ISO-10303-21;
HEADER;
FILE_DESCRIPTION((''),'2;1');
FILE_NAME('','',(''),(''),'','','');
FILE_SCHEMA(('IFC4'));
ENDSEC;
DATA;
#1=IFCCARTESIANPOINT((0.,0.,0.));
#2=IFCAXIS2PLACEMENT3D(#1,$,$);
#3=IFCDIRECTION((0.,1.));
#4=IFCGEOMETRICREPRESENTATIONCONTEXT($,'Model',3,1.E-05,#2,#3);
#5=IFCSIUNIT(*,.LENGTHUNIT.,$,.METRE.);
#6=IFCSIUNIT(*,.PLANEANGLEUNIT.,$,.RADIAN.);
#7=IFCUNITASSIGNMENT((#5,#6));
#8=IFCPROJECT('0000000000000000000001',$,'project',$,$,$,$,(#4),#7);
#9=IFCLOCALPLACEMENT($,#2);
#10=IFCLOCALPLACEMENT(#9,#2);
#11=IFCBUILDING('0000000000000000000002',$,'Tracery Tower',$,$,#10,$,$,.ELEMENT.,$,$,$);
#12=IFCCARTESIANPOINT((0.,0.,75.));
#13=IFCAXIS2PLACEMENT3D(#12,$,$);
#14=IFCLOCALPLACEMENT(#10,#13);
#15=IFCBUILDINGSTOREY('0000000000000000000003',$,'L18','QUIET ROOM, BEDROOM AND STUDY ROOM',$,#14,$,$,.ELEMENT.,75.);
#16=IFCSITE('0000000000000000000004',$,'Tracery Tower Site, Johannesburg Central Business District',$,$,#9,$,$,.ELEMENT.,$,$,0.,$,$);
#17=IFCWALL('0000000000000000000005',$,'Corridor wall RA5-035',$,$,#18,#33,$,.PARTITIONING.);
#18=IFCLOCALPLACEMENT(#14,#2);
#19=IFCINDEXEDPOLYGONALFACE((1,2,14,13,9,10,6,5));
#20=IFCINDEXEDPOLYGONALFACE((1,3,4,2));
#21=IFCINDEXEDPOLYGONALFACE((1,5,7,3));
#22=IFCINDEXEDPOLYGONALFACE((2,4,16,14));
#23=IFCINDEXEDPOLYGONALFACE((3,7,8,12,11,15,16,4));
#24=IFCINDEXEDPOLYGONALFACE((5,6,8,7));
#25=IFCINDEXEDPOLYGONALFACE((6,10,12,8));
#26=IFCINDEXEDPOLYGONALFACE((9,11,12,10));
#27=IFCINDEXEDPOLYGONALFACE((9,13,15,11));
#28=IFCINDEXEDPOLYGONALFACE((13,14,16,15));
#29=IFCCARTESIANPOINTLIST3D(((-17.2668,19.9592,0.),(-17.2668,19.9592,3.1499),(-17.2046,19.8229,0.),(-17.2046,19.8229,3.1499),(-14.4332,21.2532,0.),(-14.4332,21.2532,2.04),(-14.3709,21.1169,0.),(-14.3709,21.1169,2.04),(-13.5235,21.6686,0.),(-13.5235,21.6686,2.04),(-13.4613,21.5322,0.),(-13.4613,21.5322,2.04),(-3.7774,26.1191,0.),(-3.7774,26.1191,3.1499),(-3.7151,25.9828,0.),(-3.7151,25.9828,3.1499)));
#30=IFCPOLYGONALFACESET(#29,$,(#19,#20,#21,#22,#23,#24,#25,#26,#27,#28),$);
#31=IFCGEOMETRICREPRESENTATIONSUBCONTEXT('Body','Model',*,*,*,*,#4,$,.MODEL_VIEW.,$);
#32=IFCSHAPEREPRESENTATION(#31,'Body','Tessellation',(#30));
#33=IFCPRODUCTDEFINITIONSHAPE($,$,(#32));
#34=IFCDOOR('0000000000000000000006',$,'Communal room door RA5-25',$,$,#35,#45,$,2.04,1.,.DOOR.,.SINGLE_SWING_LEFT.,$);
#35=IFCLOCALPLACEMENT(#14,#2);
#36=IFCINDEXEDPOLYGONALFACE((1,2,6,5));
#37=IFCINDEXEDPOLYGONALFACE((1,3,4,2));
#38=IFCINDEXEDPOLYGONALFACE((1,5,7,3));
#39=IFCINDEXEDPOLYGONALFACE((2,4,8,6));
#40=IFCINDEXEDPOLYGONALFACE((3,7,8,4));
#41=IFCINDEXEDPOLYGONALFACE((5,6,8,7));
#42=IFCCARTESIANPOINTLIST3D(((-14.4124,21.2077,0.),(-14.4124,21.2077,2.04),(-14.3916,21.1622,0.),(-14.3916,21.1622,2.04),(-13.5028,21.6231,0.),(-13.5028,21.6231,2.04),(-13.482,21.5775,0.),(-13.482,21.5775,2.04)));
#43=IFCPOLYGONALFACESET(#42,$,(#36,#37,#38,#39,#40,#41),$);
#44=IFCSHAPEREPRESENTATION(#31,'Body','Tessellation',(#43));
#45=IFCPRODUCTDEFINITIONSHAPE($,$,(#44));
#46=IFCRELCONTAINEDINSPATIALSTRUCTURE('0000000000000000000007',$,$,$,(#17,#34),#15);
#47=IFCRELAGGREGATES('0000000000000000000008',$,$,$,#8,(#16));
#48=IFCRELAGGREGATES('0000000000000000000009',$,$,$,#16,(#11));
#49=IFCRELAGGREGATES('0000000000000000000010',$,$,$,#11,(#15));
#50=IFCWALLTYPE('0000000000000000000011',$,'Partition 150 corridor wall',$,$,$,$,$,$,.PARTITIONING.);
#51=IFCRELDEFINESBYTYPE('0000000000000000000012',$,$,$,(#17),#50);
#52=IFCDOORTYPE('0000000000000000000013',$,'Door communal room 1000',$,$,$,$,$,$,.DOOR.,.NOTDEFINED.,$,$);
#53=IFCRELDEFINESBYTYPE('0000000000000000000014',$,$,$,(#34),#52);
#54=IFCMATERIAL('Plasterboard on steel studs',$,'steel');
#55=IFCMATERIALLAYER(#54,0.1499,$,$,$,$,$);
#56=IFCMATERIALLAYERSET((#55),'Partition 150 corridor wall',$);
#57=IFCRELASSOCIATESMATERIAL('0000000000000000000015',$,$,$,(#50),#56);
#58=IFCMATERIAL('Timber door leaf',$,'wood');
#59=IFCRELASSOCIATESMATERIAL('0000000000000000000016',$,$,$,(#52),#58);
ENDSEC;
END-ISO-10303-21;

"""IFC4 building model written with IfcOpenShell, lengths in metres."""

from ifc_helpers import new_model, si_unit, direction, frame, frame_2d, origin, place, context, subcontext, project, spatial, rectangle, extrude, material, layer, layer_set, type_object, element, fill, save


model = new_model("IFC4")

# Units and contexts
model_context = context("Model", 3, precision=1e-05, world=origin(), true_north=direction((0.0, 1.0)))
body_context = subcontext(model_context, "Body", "Model", "MODEL_VIEW")
ifc_project = project(units=[si_unit("LENGTHUNIT", "METRE"), si_unit("PLANEANGLEUNIT", "RADIAN")], contexts=[model_context])

# Site, building, storey
site_placement = place(None, origin())
site = spatial("IfcSite", under=ifc_project, at=site_placement, Name="Tracery Tower Site, Johannesburg Central Business District", CompositionType="ELEMENT", RefElevation=0.0)
building_placement = place(site_placement, origin())
building = spatial("IfcBuilding", under=site, at=building_placement, Name="Tracery Tower", CompositionType="ELEMENT")
storey_placement = place(building_placement, frame((0.0, 0.0, 75.0)))
storey = spatial("IfcBuildingStorey", under=building, at=storey_placement, Name="L18", Description="QUIET ROOM, BEDROOM AND STUDY ROOM", CompositionType="ELEMENT", Elevation=75.0)

# Shared definitions
ifc_material_1 = material(Name="Plasterboard on steel studs", Category="steel")
ifc_layer_1 = layer(ifc_material_1, 0.1499)
ifc_layer_set_1 = layer_set([ifc_layer_1], Name="Partition 150 corridor wall")
wall_type_1 = type_object("IfcWallType", Name="Partition 150 corridor wall", PredefinedType="PARTITIONING", material=ifc_layer_set_1)

# Wall, opening, door
wall_1_placement = place(storey_placement, frame((-17.2356, 19.8911, 0.0), z_axis=(0.0, 0.0, 1.0), x_axis=(0.909646, 0.415385, 0.0)))
wall_1 = element("IfcWall", 1, at=wall_1_placement, inside=storey, type_object=wall_type_1, Name="Corridor wall RA5-035", PredefinedType="PARTITIONING", context=body_context, shape_type="SweptSolid", body=[
    extrude(rectangle(XDim=14.8293, YDim=0.1499, at=frame_2d((7.4146, 0.0))), origin(), (0.0, 0.0, 1.0), 3.1499),
])
opening_1_placement = place(wall_1_placement, frame((3.115, 0.0, 0.0)))
opening_1 = element("IfcOpeningElement", 2, at=opening_1_placement, cuts=wall_1, PredefinedType="OPENING", context=body_context, shape_type="SweptSolid", body=[
    extrude(rectangle(XDim=1.0, YDim=2.04, at=frame_2d((0.5, 1.02))), frame((0.0, 0.075, 0.0), z_axis=(0.0, -1.0, 0.0), x_axis=(1.0, 0.0, 0.0)), (0.0, 0.0, 1.0), 0.1499),
])
ifc_material_2 = material(Name="Timber door leaf", Category="wood")
door_type = type_object("IfcDoorType", Name="Door communal room 1000", OperationType="NOTDEFINED", PredefinedType="DOOR", material=ifc_material_2)
door_placement = place(opening_1_placement, origin())
door = element("IfcDoor", 3, at=door_placement, inside=storey, type_object=door_type, Name="Communal room door RA5-25", OperationType="SINGLE_SWING_LEFT", OverallHeight=2.04, OverallWidth=1.0, PredefinedType="DOOR", context=body_context, shape_type="SweptSolid", body=[
    extrude(rectangle(XDim=1.0, YDim=2.04, at=frame_2d((0.5, 1.02))), frame((0.0, 0.0249, 0.0), z_axis=(0.0, -1.0, 0.0), x_axis=(1.0, 0.0, 0.0)), (0.0, 0.0, 1.0), 0.05),
])
fill(opening_1, door)

save(model, "model.ifc")
